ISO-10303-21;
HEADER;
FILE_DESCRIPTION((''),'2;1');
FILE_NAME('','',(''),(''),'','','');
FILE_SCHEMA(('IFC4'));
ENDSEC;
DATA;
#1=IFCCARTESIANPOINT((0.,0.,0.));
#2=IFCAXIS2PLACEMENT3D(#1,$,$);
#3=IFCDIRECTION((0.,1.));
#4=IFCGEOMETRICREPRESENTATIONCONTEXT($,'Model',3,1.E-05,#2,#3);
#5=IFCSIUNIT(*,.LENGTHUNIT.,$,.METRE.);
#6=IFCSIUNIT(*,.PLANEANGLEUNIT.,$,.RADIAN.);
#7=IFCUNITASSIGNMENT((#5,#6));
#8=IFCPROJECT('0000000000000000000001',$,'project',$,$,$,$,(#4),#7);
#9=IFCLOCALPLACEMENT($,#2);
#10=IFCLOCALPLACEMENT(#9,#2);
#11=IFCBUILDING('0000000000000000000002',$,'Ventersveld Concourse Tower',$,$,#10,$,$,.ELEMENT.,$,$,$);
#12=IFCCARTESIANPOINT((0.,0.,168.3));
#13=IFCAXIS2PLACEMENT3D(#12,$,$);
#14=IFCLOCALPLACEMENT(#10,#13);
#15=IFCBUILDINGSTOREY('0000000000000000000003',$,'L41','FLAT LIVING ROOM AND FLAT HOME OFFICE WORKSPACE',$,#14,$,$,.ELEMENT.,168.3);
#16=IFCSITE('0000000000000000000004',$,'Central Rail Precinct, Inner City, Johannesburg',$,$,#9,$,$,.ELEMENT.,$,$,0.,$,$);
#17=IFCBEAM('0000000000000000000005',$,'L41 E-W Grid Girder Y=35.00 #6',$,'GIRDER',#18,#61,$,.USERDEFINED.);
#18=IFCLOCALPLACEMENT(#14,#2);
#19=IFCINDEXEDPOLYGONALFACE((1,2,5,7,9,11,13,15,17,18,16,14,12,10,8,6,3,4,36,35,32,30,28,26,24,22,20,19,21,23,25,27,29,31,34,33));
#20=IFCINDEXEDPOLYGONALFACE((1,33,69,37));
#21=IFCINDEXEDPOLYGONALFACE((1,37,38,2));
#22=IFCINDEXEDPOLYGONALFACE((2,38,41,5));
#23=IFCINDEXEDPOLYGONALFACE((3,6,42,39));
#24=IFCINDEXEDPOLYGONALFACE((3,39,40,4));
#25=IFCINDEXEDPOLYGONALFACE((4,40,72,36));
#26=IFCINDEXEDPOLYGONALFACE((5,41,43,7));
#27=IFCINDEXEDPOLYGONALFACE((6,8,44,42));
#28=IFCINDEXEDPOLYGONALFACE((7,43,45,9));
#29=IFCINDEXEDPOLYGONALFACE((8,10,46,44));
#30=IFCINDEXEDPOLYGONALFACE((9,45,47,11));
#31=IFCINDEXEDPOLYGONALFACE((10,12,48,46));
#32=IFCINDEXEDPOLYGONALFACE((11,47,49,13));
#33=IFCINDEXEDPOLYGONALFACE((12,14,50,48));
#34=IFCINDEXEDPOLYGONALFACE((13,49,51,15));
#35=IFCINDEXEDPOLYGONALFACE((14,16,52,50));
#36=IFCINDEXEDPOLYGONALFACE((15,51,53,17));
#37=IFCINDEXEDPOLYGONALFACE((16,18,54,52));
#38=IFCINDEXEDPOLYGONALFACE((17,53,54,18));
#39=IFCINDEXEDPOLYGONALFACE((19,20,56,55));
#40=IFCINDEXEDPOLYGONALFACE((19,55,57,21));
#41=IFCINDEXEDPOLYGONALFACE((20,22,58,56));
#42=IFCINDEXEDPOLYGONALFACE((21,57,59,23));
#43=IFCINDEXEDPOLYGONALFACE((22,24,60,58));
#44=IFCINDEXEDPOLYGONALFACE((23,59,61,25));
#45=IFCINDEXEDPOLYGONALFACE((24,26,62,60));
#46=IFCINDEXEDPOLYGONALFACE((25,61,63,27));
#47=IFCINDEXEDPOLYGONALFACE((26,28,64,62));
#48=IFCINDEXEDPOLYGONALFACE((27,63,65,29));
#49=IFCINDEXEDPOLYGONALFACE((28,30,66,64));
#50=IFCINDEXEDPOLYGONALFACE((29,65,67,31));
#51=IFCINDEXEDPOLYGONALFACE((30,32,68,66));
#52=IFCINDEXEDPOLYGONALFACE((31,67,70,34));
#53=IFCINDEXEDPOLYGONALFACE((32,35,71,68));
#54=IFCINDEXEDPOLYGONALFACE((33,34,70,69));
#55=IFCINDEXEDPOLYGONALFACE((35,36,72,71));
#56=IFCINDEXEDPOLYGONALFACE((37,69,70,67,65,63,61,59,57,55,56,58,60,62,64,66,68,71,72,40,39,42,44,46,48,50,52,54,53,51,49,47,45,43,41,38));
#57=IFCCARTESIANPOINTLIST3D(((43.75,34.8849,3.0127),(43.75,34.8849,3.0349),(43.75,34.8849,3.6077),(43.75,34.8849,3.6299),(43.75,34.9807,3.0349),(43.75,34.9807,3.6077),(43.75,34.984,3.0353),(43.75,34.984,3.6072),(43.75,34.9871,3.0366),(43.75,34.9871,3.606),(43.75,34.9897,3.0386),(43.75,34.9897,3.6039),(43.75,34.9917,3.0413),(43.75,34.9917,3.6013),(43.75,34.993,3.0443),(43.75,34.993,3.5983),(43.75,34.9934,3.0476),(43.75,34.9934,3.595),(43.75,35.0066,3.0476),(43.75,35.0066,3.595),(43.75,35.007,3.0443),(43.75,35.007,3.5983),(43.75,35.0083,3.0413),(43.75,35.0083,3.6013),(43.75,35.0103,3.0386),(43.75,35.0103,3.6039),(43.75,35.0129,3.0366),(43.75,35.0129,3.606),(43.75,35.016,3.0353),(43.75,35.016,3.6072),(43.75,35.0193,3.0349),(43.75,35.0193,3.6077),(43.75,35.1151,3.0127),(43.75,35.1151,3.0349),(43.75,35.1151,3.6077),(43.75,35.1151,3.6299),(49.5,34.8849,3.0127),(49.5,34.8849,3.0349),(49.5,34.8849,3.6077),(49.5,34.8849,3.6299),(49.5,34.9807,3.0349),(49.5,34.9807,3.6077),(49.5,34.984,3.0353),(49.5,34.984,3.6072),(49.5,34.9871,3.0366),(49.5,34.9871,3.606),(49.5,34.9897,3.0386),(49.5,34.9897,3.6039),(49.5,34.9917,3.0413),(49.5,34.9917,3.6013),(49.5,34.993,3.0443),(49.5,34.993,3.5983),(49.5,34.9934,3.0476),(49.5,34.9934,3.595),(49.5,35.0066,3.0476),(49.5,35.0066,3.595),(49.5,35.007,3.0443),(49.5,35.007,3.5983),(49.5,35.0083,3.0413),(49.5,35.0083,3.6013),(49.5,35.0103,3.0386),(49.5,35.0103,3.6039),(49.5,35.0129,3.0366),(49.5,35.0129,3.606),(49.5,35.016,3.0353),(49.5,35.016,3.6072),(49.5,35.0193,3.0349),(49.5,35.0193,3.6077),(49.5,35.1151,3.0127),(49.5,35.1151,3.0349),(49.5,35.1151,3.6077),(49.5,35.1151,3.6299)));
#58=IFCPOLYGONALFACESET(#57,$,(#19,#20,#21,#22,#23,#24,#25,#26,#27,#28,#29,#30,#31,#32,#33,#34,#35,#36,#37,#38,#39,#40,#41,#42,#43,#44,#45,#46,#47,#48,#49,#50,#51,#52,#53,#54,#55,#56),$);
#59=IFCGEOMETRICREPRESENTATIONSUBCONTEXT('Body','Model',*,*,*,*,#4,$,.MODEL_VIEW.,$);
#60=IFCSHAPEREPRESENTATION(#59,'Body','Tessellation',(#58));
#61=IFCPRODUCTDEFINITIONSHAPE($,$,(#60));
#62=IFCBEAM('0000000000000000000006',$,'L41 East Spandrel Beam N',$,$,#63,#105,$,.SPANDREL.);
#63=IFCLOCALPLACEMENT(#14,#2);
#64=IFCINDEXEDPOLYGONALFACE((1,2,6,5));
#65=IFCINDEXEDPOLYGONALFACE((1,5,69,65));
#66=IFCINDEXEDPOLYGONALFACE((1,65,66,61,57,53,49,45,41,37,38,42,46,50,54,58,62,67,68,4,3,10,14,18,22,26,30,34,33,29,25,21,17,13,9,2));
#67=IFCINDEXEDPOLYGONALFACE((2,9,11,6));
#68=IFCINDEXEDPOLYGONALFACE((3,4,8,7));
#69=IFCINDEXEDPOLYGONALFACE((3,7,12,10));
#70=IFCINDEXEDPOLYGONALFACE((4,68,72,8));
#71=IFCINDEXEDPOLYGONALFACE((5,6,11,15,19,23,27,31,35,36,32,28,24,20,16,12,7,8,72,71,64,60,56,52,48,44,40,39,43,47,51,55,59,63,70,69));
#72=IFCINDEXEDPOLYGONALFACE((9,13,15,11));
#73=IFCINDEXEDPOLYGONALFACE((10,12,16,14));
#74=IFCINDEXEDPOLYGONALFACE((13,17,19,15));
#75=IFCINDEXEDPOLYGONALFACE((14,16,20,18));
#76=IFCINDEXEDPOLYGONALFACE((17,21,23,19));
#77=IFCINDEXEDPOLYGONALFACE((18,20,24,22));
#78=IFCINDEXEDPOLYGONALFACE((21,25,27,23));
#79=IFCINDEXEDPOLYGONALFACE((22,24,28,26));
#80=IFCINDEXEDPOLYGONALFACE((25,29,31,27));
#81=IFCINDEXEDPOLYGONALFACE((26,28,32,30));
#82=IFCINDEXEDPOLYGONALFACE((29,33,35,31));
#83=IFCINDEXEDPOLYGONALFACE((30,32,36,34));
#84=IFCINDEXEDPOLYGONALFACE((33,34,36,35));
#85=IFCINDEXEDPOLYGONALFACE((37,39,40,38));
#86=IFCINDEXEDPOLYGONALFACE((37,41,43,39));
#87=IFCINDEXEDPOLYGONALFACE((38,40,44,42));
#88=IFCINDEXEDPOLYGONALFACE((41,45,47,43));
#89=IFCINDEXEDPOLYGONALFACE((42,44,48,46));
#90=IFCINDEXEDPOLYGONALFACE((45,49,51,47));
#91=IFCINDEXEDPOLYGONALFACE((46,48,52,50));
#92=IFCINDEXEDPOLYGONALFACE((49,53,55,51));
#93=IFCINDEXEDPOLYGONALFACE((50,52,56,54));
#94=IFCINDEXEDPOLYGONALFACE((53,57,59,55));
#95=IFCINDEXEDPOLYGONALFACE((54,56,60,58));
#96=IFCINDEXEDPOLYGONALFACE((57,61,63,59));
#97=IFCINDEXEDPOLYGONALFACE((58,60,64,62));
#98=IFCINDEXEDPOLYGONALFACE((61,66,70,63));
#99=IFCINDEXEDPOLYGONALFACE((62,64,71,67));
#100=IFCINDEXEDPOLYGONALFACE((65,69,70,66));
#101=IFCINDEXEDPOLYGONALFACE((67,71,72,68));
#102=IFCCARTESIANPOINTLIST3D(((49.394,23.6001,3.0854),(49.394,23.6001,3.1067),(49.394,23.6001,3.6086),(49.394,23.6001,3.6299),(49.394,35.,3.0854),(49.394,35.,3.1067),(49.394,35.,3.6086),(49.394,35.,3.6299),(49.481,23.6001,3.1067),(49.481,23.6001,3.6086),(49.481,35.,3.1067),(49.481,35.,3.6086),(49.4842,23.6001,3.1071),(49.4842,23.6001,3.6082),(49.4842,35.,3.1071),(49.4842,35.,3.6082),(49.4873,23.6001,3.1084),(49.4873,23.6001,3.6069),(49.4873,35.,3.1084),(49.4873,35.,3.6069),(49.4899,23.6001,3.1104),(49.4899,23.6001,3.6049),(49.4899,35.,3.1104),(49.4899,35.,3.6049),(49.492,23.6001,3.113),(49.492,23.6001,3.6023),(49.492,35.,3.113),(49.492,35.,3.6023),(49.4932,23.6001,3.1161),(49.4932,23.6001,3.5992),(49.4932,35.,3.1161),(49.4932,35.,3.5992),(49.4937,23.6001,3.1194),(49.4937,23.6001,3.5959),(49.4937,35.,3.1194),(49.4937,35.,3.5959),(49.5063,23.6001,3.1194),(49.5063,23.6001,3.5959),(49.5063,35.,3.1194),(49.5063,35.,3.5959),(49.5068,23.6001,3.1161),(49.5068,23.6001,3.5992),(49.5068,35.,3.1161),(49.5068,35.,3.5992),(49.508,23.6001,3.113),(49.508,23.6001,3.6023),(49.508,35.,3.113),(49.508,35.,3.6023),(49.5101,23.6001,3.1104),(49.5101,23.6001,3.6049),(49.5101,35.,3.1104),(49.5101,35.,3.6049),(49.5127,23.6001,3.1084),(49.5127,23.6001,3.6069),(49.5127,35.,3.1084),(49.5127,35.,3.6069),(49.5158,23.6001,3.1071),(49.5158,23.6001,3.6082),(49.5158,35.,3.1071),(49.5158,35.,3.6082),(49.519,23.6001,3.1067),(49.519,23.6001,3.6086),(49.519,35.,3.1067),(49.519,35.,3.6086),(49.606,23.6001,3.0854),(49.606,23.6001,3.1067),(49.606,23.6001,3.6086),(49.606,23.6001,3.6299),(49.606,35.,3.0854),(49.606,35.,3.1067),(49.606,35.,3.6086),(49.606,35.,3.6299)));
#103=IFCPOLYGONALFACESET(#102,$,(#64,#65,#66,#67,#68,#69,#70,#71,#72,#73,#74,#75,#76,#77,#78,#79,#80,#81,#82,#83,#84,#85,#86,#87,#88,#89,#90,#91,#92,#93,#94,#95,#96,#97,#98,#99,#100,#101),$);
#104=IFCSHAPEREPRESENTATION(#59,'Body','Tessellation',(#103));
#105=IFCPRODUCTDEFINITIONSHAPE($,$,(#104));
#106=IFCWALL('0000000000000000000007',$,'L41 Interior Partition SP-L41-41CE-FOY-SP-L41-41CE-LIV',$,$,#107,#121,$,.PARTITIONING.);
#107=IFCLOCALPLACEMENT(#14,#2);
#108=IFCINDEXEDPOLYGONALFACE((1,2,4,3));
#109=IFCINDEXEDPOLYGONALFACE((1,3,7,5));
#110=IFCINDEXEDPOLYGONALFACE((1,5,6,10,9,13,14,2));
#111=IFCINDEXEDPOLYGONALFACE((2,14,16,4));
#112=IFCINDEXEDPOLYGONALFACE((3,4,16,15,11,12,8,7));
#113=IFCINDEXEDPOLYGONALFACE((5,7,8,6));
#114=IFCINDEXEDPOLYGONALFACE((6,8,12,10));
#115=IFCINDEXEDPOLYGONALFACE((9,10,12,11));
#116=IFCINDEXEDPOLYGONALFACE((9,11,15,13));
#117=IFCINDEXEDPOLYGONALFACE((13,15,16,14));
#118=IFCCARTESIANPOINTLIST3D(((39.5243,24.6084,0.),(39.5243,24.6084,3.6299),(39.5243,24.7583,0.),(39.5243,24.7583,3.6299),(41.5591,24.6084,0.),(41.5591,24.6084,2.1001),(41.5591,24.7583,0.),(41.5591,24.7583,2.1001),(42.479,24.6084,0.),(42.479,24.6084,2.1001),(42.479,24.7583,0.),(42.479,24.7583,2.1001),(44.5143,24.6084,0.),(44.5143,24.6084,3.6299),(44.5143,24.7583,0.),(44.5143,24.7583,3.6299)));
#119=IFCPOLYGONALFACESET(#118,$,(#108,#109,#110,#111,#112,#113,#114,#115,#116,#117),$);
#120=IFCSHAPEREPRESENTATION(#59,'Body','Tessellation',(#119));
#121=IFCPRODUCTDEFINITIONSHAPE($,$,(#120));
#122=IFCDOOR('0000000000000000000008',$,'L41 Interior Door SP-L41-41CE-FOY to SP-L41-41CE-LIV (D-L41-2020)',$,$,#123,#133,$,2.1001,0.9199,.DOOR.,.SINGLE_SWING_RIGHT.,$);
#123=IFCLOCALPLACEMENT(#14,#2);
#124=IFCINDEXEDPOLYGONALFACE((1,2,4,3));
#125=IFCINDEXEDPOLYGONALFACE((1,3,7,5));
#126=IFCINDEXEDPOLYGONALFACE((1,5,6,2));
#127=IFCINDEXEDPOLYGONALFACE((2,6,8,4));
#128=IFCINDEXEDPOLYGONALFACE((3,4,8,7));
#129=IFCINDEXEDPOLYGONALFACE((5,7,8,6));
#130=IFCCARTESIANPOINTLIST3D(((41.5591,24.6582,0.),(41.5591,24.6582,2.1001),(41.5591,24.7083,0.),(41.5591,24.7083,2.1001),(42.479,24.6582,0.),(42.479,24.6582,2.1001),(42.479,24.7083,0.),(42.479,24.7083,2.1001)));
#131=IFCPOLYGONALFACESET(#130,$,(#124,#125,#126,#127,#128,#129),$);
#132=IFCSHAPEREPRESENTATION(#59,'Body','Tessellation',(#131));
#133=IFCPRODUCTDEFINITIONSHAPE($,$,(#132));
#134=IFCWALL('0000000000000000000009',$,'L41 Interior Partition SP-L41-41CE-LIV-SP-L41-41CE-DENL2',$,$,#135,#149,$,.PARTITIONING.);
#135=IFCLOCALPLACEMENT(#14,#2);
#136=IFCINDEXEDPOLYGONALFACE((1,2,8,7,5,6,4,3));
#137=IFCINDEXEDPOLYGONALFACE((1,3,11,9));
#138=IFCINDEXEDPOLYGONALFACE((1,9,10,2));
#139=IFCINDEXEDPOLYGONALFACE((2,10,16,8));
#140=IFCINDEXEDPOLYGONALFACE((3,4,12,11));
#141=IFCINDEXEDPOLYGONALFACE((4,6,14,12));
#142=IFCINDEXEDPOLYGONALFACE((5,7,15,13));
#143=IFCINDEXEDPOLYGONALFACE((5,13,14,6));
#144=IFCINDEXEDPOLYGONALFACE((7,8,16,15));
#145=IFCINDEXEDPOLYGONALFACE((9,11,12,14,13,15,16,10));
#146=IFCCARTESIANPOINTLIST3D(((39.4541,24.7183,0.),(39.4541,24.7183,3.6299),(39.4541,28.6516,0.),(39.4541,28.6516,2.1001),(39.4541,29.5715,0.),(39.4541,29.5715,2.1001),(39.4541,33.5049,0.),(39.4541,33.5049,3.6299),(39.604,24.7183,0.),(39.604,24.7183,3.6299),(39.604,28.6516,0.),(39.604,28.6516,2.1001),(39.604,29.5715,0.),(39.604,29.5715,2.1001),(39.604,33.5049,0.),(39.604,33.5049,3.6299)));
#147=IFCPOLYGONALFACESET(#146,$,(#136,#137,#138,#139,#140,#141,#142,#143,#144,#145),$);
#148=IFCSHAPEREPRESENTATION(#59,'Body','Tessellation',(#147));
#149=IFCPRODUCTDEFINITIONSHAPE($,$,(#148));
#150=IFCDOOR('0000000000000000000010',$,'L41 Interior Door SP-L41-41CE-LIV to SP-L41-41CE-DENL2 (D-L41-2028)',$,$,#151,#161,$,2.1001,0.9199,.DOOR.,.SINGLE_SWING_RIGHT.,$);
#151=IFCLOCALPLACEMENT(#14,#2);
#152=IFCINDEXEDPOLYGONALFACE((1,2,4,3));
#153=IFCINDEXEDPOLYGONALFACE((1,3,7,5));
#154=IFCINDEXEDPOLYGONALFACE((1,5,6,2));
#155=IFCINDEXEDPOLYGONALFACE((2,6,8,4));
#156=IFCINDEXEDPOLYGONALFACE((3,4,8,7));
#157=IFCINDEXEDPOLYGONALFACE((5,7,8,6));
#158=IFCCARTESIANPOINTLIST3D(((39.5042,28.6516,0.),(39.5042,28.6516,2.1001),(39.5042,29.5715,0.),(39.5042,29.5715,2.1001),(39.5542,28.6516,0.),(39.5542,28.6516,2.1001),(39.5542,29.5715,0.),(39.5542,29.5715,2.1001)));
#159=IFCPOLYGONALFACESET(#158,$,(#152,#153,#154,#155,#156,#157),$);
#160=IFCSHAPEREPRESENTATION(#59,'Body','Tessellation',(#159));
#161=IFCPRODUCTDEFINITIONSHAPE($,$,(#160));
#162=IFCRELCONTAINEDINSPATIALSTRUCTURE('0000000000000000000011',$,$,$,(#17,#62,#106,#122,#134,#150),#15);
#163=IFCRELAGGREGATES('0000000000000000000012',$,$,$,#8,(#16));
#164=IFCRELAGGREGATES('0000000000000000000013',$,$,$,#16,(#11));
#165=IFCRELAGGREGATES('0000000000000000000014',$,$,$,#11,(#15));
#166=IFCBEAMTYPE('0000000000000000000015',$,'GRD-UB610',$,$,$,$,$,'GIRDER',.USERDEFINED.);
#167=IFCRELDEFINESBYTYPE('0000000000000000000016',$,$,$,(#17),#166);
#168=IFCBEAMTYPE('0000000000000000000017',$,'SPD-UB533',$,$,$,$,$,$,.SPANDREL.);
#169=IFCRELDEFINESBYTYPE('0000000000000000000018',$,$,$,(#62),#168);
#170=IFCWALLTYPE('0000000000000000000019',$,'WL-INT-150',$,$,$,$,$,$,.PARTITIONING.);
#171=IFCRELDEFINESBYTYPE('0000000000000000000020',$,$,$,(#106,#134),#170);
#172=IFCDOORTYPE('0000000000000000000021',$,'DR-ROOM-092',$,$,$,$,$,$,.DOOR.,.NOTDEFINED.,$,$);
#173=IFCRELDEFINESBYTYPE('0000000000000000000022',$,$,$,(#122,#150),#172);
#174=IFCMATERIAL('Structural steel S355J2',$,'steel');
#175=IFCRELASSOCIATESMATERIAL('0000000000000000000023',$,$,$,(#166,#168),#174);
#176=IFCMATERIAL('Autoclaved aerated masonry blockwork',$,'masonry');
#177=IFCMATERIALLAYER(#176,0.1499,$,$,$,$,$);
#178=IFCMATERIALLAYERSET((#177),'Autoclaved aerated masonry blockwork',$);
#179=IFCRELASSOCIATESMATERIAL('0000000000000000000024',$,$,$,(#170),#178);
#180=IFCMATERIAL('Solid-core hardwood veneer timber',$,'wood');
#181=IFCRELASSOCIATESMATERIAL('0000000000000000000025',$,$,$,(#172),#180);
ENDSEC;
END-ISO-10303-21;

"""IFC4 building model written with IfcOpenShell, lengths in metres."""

from ifc_helpers import new_model, si_unit, direction, frame, frame_2d, origin, origin_2d, place, context, subcontext, project, spatial, rectangle, i_section, extrude, material, layer, layer_set, material_profile, profile_set, type_object, element, fill, save


model = new_model("IFC4")

# Units and contexts
model_context = context("Model", 3, precision=1e-05, world=origin(), true_north=direction((0.0, 1.0)))
body_context = subcontext(model_context, "Body", "Model", "MODEL_VIEW")
ifc_project = project(units=[si_unit("LENGTHUNIT", "METRE"), si_unit("PLANEANGLEUNIT", "RADIAN")], contexts=[model_context])

# Site, building, storey
site_placement = place(None, origin())
site = spatial("IfcSite", under=ifc_project, at=site_placement, Name="Central Rail Precinct, Inner City, Johannesburg", CompositionType="ELEMENT", RefElevation=0.0)
building_placement = place(site_placement, origin())
building = spatial("IfcBuilding", under=site, at=building_placement, Name="Ventersveld Concourse Tower", CompositionType="ELEMENT")
storey_placement = place(building_placement, frame((0.0, 0.0, 168.3)))
storey = spatial("IfcBuildingStorey", under=building, at=storey_placement, Name="L41", Description="FLAT LIVING ROOM AND FLAT HOME OFFICE WORKSPACE", CompositionType="ELEMENT", Elevation=168.3)

# Beams
ifc_material_1 = material(Name="Structural steel S355J2", Category="steel")
ifc_material_profile_1 = material_profile(ifc_material_1, i_section(OverallWidth=0.2302, OverallDepth=0.6172, WebThickness=0.0132, FlangeThickness=0.0222, FilletRadius=0.0127, at=origin_2d()), Name="UB 610x229x140")
ifc_profile_set_1 = profile_set([ifc_material_profile_1], Name="Structural steel S355J2")
beam_type_1 = type_object("IfcBeamType", Name="GRD-UB610", ElementType="GIRDER", PredefinedType="USERDEFINED", material=ifc_profile_set_1)
beam_1_placement = place(storey_placement, frame((43.75, 35.0, 3.3213), z_axis=(1.0, 0.0, 0.0), x_axis=(0.0, 1.0, 0.0)))
element("IfcBeam", 1, at=beam_1_placement, inside=storey, type_object=beam_type_1, Name="L41 E-W Grid Girder Y=35.00 #6", ObjectType="GIRDER", PredefinedType="USERDEFINED", context=body_context, shape_type="SweptSolid", body=[
    extrude(i_section(OverallWidth=0.2302, OverallDepth=0.6172, WebThickness=0.0132, FlangeThickness=0.0222, FilletRadius=0.0127, at=origin_2d()), origin(), (0.0, 0.0, 1.0), 5.75),
])
ifc_material_profile_2 = material_profile(ifc_material_1, i_section(OverallWidth=0.2119, OverallDepth=0.5444, WebThickness=0.0127, FlangeThickness=0.0212, FilletRadius=0.0127, at=origin_2d()), Name="UB 533x210x122")
ifc_profile_set_2 = profile_set([ifc_material_profile_2], Name="Structural steel S355J2")
beam_type_2 = type_object("IfcBeamType", Name="SPD-UB533", PredefinedType="SPANDREL", material=ifc_profile_set_2)
beam_2_placement = place(storey_placement, frame((49.5, 23.6001, 3.3577), z_axis=(0.0, 1.0, 0.0), x_axis=(-1.0, 0.0, 0.0)))
element("IfcBeam", 2, at=beam_2_placement, inside=storey, type_object=beam_type_2, Name="L41 East Spandrel Beam N", PredefinedType="SPANDREL", context=body_context, shape_type="SweptSolid", body=[
    extrude(i_section(OverallWidth=0.2119, OverallDepth=0.5444, WebThickness=0.0127, FlangeThickness=0.0212, FilletRadius=0.0127, at=origin_2d()), origin(), (0.0, 0.0, 1.0), 11.3999),
])

# Walls, openings, doors
ifc_material_2 = material(Name="Autoclaved aerated masonry blockwork", Category="masonry")
ifc_layer_1 = layer(ifc_material_2, 0.1499)
ifc_layer_set_1 = layer_set([ifc_layer_1], Name="Autoclaved aerated masonry blockwork")
wall_type_1 = type_object("IfcWallType", Name="WL-INT-150", PredefinedType="PARTITIONING", material=ifc_layer_set_1)
wall_1_placement = place(storey_placement, frame((39.5242, 24.6833, 0.0), z_axis=(0.0, 0.0, 1.0), x_axis=(1.0, 0.0, 0.0)))
wall_1 = element("IfcWall", 3, at=wall_1_placement, inside=storey, type_object=wall_type_1, Name="L41 Interior Partition SP-L41-41CE-FOY-SP-L41-41CE-LIV", PredefinedType="PARTITIONING", context=body_context, shape_type="SweptSolid", body=[
    extrude(rectangle(XDim=4.99, YDim=0.1499, at=frame_2d((2.4951, 0.0))), origin(), (0.0, 0.0, 1.0), 3.6299),
])
opening_1_placement = place(wall_1_placement, frame((2.0349, 0.0, 0.0)))
opening_1 = element("IfcOpeningElement", 4, at=opening_1_placement, cuts=wall_1, PredefinedType="OPENING", context=body_context, shape_type="SweptSolid", body=[
    extrude(rectangle(XDim=0.9199, YDim=2.1001, at=frame_2d((0.46, 1.05))), frame((0.0, 0.085, 0.0), z_axis=(0.0, -1.0, 0.0), x_axis=(1.0, 0.0, 0.0)), (0.0, 0.0, 1.0), 0.1699),
])
ifc_material_3 = material(Name="Solid-core hardwood veneer timber", Category="wood")
door_type = type_object("IfcDoorType", Name="DR-ROOM-092", OperationType="NOTDEFINED", PredefinedType="DOOR", material=ifc_material_3)
door_1_placement = place(opening_1_placement, origin())
door_1 = element("IfcDoor", 5, at=door_1_placement, inside=storey, type_object=door_type, Name="L41 Interior Door SP-L41-41CE-FOY to SP-L41-41CE-LIV (D-L41-2020)", OperationType="SINGLE_SWING_RIGHT", OverallHeight=2.1001, OverallWidth=0.9199, PredefinedType="DOOR", context=body_context, shape_type="SweptSolid", body=[
    extrude(rectangle(XDim=0.9199, YDim=2.1001, at=frame_2d((0.46, 1.05))), frame((0.0, 0.0249, 0.0), z_axis=(0.0, -1.0, 0.0), x_axis=(1.0, 0.0, 0.0)), (0.0, 0.0, 1.0), 0.05),
])
fill(opening_1, door_1)
wall_2_placement = place(storey_placement, frame((39.5291, 24.7183, 0.0), z_axis=(0.0, 0.0, 1.0), x_axis=(0.0, 1.0, 0.0)))
wall_2 = element("IfcWall", 6, at=wall_2_placement, inside=storey, type_object=wall_type_1, Name="L41 Interior Partition SP-L41-41CE-LIV-SP-L41-41CE-DENL2", PredefinedType="PARTITIONING", context=body_context, shape_type="SweptSolid", body=[
    extrude(rectangle(XDim=8.7866, YDim=0.1499, at=frame_2d((4.3933, 0.0))), origin(), (0.0, 0.0, 1.0), 3.6299),
])
opening_2_placement = place(wall_2_placement, frame((3.9333, 0.0, 0.0)))
opening_2 = element("IfcOpeningElement", 7, at=opening_2_placement, cuts=wall_2, PredefinedType="OPENING", context=body_context, shape_type="SweptSolid", body=[
    extrude(rectangle(XDim=0.9199, YDim=2.1001, at=frame_2d((0.46, 1.05))), frame((0.0, 0.085, 0.0), z_axis=(0.0, -1.0, 0.0), x_axis=(1.0, 0.0, 0.0)), (0.0, 0.0, 1.0), 0.1699),
])
door_2_placement = place(opening_2_placement, origin())
door_2 = element("IfcDoor", 8, at=door_2_placement, inside=storey, type_object=door_type, Name="L41 Interior Door SP-L41-41CE-LIV to SP-L41-41CE-DENL2 (D-L41-2028)", OperationType="SINGLE_SWING_RIGHT", OverallHeight=2.1001, OverallWidth=0.9199, PredefinedType="DOOR", context=body_context, shape_type="SweptSolid", body=[
    extrude(rectangle(XDim=0.9199, YDim=2.1001, at=frame_2d((0.46, 1.05))), frame((0.0, 0.0249, 0.0), z_axis=(0.0, -1.0, 0.0), x_axis=(1.0, 0.0, 0.0)), (0.0, 0.0, 1.0), 0.05),
])
fill(opening_2, door_2)

save(model, "model.ifc")
